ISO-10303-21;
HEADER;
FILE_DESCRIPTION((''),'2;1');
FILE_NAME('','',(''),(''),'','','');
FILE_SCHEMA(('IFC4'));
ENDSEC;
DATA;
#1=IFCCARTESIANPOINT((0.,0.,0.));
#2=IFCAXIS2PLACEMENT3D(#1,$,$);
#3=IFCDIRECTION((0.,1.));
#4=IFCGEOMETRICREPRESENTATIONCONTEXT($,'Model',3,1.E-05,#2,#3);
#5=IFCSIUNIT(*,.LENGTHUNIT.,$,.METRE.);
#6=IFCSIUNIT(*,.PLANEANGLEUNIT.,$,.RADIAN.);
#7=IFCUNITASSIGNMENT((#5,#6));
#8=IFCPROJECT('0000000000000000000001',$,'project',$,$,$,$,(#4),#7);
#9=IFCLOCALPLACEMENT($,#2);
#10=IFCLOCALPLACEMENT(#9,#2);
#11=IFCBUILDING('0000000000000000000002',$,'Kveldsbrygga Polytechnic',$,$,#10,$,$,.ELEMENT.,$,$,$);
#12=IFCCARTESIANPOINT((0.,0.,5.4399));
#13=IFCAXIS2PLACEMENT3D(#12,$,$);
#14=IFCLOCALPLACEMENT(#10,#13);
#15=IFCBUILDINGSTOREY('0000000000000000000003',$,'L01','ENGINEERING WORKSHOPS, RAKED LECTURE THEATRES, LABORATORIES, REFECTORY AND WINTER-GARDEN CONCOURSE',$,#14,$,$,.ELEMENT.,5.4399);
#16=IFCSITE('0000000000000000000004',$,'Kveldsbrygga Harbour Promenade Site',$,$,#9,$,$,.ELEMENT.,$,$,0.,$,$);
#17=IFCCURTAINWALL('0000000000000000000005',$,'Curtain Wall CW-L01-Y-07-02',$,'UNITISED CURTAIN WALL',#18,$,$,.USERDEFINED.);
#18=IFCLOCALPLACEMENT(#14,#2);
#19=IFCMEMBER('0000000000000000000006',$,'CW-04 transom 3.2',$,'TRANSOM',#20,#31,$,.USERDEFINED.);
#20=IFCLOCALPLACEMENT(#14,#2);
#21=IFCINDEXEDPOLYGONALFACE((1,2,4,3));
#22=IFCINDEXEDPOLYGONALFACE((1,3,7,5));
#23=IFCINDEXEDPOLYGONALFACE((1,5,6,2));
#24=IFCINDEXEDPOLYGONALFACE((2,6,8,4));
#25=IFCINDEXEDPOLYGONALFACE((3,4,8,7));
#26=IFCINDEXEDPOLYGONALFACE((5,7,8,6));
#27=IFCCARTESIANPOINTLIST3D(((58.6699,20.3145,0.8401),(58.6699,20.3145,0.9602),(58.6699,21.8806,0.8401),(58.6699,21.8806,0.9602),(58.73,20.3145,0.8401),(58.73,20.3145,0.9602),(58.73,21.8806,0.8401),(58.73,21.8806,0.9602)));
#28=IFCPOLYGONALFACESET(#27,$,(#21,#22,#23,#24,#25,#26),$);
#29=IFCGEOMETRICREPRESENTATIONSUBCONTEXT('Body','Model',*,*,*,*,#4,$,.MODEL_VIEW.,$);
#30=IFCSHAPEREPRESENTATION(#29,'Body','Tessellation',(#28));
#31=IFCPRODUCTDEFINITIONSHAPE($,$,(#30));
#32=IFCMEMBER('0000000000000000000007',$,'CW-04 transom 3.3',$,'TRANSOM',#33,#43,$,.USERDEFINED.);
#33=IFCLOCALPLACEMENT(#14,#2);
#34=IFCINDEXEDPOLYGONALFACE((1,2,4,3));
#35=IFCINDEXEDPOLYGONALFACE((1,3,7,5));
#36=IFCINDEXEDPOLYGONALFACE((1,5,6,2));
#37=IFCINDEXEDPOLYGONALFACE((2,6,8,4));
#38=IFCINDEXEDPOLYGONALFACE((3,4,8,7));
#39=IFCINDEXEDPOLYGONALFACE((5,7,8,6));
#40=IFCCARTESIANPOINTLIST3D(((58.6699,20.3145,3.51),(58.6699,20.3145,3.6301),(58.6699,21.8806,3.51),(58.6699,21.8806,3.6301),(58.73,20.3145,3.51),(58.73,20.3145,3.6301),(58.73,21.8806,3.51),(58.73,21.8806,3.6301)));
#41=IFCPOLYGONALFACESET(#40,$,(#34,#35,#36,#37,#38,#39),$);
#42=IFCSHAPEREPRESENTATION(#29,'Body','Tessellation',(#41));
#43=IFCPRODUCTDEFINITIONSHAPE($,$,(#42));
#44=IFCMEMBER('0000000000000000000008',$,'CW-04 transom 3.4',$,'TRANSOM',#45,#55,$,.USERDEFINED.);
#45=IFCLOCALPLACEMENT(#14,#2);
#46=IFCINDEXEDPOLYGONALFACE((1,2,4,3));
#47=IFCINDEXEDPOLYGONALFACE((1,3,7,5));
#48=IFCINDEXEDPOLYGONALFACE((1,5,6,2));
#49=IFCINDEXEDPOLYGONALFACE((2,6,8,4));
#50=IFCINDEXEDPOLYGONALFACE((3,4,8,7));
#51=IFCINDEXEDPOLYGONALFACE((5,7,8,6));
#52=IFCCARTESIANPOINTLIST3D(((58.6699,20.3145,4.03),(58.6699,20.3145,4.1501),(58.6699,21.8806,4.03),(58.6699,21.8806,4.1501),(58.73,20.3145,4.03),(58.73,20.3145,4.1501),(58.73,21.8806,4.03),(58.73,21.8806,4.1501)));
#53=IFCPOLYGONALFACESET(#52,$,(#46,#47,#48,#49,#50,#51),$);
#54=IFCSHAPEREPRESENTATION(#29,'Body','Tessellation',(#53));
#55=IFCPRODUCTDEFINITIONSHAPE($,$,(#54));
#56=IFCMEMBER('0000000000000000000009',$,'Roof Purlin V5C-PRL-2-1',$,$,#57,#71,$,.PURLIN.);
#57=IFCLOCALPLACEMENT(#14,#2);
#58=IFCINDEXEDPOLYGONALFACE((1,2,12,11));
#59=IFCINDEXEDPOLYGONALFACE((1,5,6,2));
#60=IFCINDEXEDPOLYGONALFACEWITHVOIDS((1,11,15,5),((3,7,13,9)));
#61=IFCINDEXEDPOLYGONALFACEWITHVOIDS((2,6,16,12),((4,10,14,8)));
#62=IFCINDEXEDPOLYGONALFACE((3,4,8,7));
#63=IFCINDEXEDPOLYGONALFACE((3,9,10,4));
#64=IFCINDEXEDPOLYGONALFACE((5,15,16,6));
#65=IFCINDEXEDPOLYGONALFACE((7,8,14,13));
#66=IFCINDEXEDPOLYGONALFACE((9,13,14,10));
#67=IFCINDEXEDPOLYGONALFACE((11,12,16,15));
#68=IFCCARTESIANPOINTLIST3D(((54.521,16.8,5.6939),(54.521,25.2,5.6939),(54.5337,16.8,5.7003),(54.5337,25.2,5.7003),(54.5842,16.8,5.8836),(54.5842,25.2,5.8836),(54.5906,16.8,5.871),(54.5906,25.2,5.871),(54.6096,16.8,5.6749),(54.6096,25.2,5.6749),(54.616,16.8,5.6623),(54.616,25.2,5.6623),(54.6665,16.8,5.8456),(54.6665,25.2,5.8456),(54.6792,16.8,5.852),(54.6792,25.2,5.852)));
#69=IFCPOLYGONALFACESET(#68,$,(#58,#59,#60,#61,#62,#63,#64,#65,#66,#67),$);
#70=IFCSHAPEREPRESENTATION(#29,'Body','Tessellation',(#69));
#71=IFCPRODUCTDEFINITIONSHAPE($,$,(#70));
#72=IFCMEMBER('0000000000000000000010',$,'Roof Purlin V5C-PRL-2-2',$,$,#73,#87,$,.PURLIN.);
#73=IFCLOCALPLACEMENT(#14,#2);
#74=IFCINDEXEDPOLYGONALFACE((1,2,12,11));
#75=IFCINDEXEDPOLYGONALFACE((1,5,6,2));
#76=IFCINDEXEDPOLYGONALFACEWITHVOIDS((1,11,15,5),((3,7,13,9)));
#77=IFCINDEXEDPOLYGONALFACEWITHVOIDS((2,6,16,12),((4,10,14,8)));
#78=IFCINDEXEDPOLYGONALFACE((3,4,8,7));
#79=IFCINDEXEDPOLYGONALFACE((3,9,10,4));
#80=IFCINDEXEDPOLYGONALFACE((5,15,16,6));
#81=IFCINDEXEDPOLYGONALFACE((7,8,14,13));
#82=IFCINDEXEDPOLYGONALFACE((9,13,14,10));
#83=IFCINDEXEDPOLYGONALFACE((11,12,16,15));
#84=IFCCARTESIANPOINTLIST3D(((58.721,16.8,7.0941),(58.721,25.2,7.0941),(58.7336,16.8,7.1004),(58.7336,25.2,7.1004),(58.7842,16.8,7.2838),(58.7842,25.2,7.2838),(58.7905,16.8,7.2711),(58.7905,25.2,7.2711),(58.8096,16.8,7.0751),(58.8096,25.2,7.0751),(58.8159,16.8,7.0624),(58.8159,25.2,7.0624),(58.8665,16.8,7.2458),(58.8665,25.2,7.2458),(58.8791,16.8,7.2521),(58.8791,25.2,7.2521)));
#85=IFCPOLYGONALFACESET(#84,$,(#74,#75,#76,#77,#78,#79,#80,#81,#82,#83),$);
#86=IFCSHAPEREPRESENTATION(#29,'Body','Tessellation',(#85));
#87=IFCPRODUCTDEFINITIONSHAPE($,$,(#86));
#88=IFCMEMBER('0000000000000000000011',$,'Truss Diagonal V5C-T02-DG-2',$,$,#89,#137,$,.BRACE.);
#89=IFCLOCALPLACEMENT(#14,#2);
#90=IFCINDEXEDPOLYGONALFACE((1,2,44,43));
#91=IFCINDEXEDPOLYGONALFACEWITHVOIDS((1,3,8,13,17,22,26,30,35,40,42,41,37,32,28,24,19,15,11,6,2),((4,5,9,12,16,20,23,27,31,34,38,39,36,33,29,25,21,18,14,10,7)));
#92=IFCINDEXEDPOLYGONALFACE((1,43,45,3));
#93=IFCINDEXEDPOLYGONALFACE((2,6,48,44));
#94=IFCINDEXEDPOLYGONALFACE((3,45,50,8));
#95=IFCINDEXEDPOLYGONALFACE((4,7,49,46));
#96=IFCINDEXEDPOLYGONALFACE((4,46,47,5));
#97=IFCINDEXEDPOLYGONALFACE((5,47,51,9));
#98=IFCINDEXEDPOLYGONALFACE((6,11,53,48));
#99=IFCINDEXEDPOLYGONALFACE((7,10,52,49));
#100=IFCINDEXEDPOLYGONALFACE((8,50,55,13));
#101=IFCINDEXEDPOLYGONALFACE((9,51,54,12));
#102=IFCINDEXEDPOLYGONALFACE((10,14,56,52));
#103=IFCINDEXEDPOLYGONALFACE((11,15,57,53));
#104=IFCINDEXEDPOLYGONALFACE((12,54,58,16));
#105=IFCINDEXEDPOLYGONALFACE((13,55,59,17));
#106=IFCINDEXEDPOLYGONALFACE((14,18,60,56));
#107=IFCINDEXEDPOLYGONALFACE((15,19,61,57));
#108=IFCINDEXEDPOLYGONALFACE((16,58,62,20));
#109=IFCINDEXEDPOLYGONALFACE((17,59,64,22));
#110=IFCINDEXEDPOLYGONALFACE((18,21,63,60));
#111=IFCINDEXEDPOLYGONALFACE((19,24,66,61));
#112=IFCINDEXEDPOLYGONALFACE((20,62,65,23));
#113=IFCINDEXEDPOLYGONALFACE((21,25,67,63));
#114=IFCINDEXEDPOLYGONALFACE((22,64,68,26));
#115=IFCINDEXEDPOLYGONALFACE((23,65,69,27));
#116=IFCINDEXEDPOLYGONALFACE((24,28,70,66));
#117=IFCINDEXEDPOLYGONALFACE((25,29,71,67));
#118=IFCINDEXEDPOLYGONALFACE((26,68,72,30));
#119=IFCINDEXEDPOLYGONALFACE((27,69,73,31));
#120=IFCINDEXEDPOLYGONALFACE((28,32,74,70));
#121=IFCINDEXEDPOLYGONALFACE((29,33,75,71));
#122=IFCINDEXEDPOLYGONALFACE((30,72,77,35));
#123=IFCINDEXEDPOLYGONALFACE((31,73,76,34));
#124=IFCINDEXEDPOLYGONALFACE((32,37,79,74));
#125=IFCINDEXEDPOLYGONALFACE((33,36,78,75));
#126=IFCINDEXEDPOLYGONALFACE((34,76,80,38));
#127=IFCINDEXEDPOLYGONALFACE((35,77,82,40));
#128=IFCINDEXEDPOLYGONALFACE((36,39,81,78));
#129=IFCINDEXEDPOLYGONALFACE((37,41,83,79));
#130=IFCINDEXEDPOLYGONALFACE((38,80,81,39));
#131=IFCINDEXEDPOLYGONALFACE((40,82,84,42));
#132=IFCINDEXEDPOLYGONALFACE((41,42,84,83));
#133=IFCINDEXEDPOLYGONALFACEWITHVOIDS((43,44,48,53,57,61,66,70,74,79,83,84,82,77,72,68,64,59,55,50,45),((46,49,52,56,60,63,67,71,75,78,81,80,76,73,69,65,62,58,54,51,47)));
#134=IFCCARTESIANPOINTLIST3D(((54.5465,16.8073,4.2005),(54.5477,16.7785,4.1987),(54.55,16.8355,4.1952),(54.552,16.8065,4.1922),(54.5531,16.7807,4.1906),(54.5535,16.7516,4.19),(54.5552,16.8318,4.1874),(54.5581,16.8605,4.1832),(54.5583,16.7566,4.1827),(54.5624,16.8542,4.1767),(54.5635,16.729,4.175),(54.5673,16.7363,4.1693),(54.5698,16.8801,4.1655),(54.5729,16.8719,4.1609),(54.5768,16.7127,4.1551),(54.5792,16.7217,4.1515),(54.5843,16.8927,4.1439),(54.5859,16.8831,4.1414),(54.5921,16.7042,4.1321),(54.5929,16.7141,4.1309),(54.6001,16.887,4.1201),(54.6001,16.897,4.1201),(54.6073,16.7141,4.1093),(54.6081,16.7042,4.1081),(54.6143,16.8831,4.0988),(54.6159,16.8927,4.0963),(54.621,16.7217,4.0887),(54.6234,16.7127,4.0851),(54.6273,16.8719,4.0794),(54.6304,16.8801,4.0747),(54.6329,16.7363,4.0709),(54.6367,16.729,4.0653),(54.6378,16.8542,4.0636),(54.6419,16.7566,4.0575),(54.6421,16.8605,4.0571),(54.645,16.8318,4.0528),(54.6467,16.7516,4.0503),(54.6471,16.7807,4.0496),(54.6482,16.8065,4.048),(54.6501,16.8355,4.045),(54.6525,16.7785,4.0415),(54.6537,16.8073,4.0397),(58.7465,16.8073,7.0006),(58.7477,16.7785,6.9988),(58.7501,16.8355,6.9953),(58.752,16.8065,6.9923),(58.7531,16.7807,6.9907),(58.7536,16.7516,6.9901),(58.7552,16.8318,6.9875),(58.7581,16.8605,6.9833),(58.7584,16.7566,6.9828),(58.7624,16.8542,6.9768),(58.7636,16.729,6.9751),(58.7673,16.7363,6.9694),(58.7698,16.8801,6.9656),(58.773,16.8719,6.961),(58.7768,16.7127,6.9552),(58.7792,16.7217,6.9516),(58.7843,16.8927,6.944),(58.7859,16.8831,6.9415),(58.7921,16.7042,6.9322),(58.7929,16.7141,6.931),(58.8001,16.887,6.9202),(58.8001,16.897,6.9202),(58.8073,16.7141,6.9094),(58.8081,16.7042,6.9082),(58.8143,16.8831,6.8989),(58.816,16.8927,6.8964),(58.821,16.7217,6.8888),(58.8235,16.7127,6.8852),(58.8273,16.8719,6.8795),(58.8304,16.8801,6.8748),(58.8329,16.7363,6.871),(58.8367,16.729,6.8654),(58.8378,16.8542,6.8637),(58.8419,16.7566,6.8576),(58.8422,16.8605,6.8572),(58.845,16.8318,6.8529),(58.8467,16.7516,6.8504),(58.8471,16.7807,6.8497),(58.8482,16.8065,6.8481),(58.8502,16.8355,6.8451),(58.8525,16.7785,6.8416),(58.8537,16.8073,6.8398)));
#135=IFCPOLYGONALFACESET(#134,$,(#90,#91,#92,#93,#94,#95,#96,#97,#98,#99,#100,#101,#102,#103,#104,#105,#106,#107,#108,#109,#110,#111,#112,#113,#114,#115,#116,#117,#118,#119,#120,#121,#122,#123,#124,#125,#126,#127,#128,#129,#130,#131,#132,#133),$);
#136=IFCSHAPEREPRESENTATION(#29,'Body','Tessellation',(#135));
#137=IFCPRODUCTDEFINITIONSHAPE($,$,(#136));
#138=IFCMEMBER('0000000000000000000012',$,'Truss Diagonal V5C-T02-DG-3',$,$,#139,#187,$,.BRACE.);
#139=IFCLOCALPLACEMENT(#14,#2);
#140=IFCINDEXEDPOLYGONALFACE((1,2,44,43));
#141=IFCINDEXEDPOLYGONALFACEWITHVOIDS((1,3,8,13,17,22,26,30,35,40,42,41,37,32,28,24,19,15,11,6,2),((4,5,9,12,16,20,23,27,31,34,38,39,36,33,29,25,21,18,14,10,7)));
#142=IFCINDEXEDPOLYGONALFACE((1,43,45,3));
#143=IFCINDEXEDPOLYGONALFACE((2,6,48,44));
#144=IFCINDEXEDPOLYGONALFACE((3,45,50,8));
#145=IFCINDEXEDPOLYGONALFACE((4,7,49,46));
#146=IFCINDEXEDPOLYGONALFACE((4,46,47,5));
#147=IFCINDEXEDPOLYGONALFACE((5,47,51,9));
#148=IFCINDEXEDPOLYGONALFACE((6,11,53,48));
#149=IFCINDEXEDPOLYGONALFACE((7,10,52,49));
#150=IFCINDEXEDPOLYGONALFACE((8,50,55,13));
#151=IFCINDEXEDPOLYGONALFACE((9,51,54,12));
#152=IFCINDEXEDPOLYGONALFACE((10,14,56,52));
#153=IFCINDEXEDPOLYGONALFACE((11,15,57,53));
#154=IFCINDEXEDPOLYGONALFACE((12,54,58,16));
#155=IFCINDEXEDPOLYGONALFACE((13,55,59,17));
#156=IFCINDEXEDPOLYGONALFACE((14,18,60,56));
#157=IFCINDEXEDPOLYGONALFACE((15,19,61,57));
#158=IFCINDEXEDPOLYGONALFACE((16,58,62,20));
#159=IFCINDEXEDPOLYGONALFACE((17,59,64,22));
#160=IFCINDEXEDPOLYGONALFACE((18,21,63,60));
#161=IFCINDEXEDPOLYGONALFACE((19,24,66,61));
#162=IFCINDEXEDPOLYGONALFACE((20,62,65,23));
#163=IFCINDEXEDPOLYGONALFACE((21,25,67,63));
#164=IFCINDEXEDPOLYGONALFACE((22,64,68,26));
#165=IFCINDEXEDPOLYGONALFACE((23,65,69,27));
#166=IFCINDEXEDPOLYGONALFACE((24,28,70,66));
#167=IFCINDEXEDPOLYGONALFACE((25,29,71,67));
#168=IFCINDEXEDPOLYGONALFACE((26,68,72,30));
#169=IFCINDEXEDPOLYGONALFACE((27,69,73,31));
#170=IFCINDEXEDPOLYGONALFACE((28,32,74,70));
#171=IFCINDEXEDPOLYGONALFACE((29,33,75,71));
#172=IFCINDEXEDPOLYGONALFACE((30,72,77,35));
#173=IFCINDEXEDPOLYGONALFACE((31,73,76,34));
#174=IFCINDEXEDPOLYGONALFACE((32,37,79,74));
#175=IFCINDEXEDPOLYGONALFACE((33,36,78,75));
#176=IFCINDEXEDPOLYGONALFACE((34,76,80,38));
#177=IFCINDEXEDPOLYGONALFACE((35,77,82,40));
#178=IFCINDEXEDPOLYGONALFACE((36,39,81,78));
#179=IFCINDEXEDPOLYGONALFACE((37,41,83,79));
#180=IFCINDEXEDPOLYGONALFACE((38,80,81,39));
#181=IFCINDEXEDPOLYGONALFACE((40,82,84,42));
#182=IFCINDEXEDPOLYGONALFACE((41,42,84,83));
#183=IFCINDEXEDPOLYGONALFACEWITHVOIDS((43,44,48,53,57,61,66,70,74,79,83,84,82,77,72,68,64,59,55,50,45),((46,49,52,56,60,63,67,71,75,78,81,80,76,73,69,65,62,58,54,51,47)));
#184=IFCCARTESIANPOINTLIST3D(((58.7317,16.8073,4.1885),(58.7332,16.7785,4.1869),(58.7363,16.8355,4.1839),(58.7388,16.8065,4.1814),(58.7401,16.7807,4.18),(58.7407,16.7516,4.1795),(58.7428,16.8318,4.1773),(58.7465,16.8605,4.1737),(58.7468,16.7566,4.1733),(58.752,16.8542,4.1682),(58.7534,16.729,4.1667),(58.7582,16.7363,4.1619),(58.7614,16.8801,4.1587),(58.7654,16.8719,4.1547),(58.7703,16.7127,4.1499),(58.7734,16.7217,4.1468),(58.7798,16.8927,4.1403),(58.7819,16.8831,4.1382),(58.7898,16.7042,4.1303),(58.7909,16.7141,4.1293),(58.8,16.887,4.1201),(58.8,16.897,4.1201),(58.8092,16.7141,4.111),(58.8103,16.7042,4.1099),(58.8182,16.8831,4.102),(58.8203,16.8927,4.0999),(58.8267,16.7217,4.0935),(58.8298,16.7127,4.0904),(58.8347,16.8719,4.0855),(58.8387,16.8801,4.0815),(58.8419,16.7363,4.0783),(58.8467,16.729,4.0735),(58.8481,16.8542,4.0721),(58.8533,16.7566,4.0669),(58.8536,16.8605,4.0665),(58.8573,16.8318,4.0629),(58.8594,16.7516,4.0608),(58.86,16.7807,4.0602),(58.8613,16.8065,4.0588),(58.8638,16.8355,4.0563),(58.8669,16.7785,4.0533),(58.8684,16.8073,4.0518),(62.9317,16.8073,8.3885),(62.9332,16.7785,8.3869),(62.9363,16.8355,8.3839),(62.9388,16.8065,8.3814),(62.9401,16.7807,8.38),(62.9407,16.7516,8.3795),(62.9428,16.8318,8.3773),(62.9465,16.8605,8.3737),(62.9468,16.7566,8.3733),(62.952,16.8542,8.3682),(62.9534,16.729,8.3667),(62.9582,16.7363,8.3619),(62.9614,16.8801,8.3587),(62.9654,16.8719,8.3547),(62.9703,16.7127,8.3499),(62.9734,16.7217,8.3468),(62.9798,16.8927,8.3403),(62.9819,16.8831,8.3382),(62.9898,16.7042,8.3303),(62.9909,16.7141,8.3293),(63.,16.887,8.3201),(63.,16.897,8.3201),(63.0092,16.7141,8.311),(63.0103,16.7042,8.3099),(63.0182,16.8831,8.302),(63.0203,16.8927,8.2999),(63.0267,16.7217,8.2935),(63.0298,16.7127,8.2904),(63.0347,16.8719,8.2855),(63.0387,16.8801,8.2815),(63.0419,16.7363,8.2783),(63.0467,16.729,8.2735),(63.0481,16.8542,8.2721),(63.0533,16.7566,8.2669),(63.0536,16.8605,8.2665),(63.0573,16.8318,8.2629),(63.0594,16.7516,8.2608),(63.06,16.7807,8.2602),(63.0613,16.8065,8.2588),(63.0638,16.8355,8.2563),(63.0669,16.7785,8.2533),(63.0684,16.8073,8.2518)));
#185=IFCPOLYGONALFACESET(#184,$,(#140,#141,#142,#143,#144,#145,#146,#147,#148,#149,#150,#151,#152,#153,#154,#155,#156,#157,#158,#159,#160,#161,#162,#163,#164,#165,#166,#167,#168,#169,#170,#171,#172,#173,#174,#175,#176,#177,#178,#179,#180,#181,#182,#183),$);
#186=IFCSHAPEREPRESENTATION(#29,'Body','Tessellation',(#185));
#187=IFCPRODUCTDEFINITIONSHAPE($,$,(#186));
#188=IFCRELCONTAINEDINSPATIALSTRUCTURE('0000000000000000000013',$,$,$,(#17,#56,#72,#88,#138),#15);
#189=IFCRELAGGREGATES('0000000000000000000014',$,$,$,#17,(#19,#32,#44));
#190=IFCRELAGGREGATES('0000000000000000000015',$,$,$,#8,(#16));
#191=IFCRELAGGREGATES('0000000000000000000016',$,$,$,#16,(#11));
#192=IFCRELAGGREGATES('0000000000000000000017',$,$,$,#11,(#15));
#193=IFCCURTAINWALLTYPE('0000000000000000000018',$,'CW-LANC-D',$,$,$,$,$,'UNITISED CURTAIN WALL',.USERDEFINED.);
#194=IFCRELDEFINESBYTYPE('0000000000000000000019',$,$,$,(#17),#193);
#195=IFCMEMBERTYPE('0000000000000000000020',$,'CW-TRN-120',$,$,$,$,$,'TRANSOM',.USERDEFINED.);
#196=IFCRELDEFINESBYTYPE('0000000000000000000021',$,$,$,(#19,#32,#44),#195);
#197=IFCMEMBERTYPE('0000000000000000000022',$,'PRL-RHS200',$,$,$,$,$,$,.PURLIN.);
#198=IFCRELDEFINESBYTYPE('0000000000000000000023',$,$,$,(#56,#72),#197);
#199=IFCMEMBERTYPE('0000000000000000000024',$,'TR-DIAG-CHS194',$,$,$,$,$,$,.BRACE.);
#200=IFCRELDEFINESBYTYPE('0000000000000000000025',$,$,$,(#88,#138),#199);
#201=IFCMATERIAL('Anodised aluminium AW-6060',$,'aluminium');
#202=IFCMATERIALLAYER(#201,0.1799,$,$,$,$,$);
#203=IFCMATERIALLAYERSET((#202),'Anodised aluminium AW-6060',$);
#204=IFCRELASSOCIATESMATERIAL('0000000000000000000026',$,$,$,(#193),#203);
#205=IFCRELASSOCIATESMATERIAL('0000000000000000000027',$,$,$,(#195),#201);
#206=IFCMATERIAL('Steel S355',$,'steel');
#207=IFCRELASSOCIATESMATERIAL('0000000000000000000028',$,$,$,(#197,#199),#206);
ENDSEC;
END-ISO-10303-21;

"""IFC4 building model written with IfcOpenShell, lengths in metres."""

from ifc_helpers import new_model, si_unit, direction, frame, origin, origin_2d, place, context, subcontext, project, spatial, rectangle, hollow_rectangle, hollow_circle, extrude, material, layer, layer_set, material_profile, profile_set, type_object, element, aggregate, save


model = new_model("IFC4")

# Units and contexts
model_context = context("Model", 3, precision=1e-05, world=origin(), true_north=direction((0.0, 1.0)))
body_context = subcontext(model_context, "Body", "Model", "MODEL_VIEW")
ifc_project = project(units=[si_unit("LENGTHUNIT", "METRE"), si_unit("PLANEANGLEUNIT", "RADIAN")], contexts=[model_context])

# Site, building, storey
site_placement = place(None, origin())
site = spatial("IfcSite", under=ifc_project, at=site_placement, Name="Kveldsbrygga Harbour Promenade Site", CompositionType="ELEMENT", RefElevation=0.0)
building_placement = place(site_placement, origin())
building = spatial("IfcBuilding", under=site, at=building_placement, Name="Kveldsbrygga Polytechnic", CompositionType="ELEMENT")
storey_placement = place(building_placement, frame((0.0, 0.0, 5.4399)))
storey = spatial("IfcBuildingStorey", under=building, at=storey_placement, Name="L01", Description="ENGINEERING WORKSHOPS, RAKED LECTURE THEATRES, LABORATORIES, REFECTORY AND WINTER-GARDEN CONCOURSE", CompositionType="ELEMENT", Elevation=5.4399)

# Curtain wall, members
ifc_material_1 = material(Name="Anodised aluminium AW-6060", Category="aluminium")
ifc_layer_1 = layer(ifc_material_1, 0.1799)
ifc_layer_set_1 = layer_set([ifc_layer_1], Name="Anodised aluminium AW-6060")
curtain_wall_type = type_object("IfcCurtainWallType", Name="CW-LANC-D", ElementType="UNITISED CURTAIN WALL", PredefinedType="USERDEFINED", material=ifc_layer_set_1)
curtain_wall_placement = place(storey_placement, origin())
curtain_wall = element("IfcCurtainWall", 1, at=curtain_wall_placement, inside=storey, type_object=curtain_wall_type, Name="Curtain Wall CW-L01-Y-07-02", ObjectType="UNITISED CURTAIN WALL", PredefinedType="USERDEFINED")
ifc_material_profile_1 = material_profile(ifc_material_1, rectangle(XDim=0.0601, YDim=0.1201, at=origin_2d()), Name="ALU 60x120")
ifc_profile_set_1 = profile_set([ifc_material_profile_1], Name="Anodised aluminium AW-6060")
member_type_1 = type_object("IfcMemberType", Name="CW-TRN-120", ElementType="TRANSOM", PredefinedType="USERDEFINED", material=ifc_profile_set_1)
member_1_placement = place(storey_placement, frame((58.7, 20.3145, 0.9001), z_axis=(0.0, 1.0, 0.0), x_axis=(-1.0, 0.0, 0.0)))
member_1 = element("IfcMember", 2, at=member_1_placement, type_object=member_type_1, Name="CW-04 transom 3.2", ObjectType="TRANSOM", PredefinedType="USERDEFINED", context=body_context, shape_type="SweptSolid", body=[
    extrude(rectangle(XDim=0.0601, YDim=0.1201, at=origin_2d()), origin(), (0.0, 0.0, 1.0), 1.5662),
])
member_2_placement = place(storey_placement, frame((58.7, 20.3145, 3.5701), z_axis=(0.0, 1.0, 0.0), x_axis=(-1.0, 0.0, 0.0)))
member_2 = element("IfcMember", 3, at=member_2_placement, type_object=member_type_1, Name="CW-04 transom 3.3", ObjectType="TRANSOM", PredefinedType="USERDEFINED", context=body_context, shape_type="SweptSolid", body=[
    extrude(rectangle(XDim=0.0601, YDim=0.1201, at=origin_2d()), origin(), (0.0, 0.0, 1.0), 1.5662),
])
member_3_placement = place(storey_placement, frame((58.7, 20.3145, 4.0901), z_axis=(0.0, 1.0, 0.0), x_axis=(-1.0, 0.0, 0.0)))
member_3 = element("IfcMember", 4, at=member_3_placement, type_object=member_type_1, Name="CW-04 transom 3.4", ObjectType="TRANSOM", PredefinedType="USERDEFINED", context=body_context, shape_type="SweptSolid", body=[
    extrude(rectangle(XDim=0.0601, YDim=0.1201, at=origin_2d()), origin(), (0.0, 0.0, 1.0), 1.5662),
])

# Members
ifc_material_2 = material(Name="Steel S355", Category="steel")
ifc_material_profile_2 = material_profile(ifc_material_2, hollow_rectangle(XDim=0.1001, YDim=0.2, WallThickness=0.01, at=origin_2d()), Name="RHS 200x100x10.0")
ifc_profile_set_2 = profile_set([ifc_material_profile_2], Name="Steel S355")
member_type_2 = type_object("IfcMemberType", Name="PRL-RHS200", PredefinedType="PURLIN", material=ifc_profile_set_2)
for number, where, z_axis, x_axis, name in (
    (5, (54.6001, 16.8, 5.7729), (0.0, 1.0, 0.0), (-0.948684, 0.0, 0.316227), "Roof Purlin V5C-PRL-2-1"),
    (6, (58.8, 16.8, 7.1731), (0.0, 1.0, 0.0), (-0.948684, 0.0, 0.316227), "Roof Purlin V5C-PRL-2-2"),
):
    element("IfcMember", number, at=place(storey_placement, frame(where, z_axis=z_axis, x_axis=x_axis)), inside=storey, type_object=member_type_2, Name=name, PredefinedType="PURLIN", context=body_context, shape_type="SweptSolid", body=[
        extrude(hollow_rectangle(XDim=0.1001, YDim=0.2, WallThickness=0.01, at=origin_2d()), origin(), (0.0, 0.0, 1.0), 8.3999),
    ])
ifc_material_profile_3 = material_profile(ifc_material_2, hollow_circle(Radius=0.0969, WallThickness=0.01, at=origin_2d()), Name="CHS 193.7x10.0")
ifc_profile_set_3 = profile_set([ifc_material_profile_3], Name="Steel S355")
member_type_3 = type_object("IfcMemberType", Name="TR-DIAG-CHS194", PredefinedType="BRACE", material=ifc_profile_set_3)
member_4_placement = place(storey_placement, frame((54.6001, 16.8, 4.1201), z_axis=(0.832043, 0.0, 0.554711), x_axis=(0.0, 1.0, 0.0)))
element("IfcMember", 7, at=member_4_placement, inside=storey, type_object=member_type_3, Name="Truss Diagonal V5C-T02-DG-2", PredefinedType="BRACE", context=body_context, shape_type="SweptSolid", body=[
    extrude(hollow_circle(Radius=0.0969, WallThickness=0.01, at=origin_2d()), origin(), (0.0, 0.0, 1.0), 5.0479),
])
member_5_placement = place(storey_placement, frame((58.8, 16.8, 4.1201), z_axis=(0.707107, 0.0, 0.707107), x_axis=(0.0, 1.0, 0.0)))
element("IfcMember", 8, at=member_5_placement, inside=storey, type_object=member_type_3, Name="Truss Diagonal V5C-T02-DG-3", PredefinedType="BRACE", context=body_context, shape_type="SweptSolid", body=[
    extrude(hollow_circle(Radius=0.0969, WallThickness=0.01, at=origin_2d()), origin(), (0.0, 0.0, 1.0), 5.9397),
])

aggregate(curtain_wall, [member_1, member_2, member_3])

save(model, "model.ifc")
